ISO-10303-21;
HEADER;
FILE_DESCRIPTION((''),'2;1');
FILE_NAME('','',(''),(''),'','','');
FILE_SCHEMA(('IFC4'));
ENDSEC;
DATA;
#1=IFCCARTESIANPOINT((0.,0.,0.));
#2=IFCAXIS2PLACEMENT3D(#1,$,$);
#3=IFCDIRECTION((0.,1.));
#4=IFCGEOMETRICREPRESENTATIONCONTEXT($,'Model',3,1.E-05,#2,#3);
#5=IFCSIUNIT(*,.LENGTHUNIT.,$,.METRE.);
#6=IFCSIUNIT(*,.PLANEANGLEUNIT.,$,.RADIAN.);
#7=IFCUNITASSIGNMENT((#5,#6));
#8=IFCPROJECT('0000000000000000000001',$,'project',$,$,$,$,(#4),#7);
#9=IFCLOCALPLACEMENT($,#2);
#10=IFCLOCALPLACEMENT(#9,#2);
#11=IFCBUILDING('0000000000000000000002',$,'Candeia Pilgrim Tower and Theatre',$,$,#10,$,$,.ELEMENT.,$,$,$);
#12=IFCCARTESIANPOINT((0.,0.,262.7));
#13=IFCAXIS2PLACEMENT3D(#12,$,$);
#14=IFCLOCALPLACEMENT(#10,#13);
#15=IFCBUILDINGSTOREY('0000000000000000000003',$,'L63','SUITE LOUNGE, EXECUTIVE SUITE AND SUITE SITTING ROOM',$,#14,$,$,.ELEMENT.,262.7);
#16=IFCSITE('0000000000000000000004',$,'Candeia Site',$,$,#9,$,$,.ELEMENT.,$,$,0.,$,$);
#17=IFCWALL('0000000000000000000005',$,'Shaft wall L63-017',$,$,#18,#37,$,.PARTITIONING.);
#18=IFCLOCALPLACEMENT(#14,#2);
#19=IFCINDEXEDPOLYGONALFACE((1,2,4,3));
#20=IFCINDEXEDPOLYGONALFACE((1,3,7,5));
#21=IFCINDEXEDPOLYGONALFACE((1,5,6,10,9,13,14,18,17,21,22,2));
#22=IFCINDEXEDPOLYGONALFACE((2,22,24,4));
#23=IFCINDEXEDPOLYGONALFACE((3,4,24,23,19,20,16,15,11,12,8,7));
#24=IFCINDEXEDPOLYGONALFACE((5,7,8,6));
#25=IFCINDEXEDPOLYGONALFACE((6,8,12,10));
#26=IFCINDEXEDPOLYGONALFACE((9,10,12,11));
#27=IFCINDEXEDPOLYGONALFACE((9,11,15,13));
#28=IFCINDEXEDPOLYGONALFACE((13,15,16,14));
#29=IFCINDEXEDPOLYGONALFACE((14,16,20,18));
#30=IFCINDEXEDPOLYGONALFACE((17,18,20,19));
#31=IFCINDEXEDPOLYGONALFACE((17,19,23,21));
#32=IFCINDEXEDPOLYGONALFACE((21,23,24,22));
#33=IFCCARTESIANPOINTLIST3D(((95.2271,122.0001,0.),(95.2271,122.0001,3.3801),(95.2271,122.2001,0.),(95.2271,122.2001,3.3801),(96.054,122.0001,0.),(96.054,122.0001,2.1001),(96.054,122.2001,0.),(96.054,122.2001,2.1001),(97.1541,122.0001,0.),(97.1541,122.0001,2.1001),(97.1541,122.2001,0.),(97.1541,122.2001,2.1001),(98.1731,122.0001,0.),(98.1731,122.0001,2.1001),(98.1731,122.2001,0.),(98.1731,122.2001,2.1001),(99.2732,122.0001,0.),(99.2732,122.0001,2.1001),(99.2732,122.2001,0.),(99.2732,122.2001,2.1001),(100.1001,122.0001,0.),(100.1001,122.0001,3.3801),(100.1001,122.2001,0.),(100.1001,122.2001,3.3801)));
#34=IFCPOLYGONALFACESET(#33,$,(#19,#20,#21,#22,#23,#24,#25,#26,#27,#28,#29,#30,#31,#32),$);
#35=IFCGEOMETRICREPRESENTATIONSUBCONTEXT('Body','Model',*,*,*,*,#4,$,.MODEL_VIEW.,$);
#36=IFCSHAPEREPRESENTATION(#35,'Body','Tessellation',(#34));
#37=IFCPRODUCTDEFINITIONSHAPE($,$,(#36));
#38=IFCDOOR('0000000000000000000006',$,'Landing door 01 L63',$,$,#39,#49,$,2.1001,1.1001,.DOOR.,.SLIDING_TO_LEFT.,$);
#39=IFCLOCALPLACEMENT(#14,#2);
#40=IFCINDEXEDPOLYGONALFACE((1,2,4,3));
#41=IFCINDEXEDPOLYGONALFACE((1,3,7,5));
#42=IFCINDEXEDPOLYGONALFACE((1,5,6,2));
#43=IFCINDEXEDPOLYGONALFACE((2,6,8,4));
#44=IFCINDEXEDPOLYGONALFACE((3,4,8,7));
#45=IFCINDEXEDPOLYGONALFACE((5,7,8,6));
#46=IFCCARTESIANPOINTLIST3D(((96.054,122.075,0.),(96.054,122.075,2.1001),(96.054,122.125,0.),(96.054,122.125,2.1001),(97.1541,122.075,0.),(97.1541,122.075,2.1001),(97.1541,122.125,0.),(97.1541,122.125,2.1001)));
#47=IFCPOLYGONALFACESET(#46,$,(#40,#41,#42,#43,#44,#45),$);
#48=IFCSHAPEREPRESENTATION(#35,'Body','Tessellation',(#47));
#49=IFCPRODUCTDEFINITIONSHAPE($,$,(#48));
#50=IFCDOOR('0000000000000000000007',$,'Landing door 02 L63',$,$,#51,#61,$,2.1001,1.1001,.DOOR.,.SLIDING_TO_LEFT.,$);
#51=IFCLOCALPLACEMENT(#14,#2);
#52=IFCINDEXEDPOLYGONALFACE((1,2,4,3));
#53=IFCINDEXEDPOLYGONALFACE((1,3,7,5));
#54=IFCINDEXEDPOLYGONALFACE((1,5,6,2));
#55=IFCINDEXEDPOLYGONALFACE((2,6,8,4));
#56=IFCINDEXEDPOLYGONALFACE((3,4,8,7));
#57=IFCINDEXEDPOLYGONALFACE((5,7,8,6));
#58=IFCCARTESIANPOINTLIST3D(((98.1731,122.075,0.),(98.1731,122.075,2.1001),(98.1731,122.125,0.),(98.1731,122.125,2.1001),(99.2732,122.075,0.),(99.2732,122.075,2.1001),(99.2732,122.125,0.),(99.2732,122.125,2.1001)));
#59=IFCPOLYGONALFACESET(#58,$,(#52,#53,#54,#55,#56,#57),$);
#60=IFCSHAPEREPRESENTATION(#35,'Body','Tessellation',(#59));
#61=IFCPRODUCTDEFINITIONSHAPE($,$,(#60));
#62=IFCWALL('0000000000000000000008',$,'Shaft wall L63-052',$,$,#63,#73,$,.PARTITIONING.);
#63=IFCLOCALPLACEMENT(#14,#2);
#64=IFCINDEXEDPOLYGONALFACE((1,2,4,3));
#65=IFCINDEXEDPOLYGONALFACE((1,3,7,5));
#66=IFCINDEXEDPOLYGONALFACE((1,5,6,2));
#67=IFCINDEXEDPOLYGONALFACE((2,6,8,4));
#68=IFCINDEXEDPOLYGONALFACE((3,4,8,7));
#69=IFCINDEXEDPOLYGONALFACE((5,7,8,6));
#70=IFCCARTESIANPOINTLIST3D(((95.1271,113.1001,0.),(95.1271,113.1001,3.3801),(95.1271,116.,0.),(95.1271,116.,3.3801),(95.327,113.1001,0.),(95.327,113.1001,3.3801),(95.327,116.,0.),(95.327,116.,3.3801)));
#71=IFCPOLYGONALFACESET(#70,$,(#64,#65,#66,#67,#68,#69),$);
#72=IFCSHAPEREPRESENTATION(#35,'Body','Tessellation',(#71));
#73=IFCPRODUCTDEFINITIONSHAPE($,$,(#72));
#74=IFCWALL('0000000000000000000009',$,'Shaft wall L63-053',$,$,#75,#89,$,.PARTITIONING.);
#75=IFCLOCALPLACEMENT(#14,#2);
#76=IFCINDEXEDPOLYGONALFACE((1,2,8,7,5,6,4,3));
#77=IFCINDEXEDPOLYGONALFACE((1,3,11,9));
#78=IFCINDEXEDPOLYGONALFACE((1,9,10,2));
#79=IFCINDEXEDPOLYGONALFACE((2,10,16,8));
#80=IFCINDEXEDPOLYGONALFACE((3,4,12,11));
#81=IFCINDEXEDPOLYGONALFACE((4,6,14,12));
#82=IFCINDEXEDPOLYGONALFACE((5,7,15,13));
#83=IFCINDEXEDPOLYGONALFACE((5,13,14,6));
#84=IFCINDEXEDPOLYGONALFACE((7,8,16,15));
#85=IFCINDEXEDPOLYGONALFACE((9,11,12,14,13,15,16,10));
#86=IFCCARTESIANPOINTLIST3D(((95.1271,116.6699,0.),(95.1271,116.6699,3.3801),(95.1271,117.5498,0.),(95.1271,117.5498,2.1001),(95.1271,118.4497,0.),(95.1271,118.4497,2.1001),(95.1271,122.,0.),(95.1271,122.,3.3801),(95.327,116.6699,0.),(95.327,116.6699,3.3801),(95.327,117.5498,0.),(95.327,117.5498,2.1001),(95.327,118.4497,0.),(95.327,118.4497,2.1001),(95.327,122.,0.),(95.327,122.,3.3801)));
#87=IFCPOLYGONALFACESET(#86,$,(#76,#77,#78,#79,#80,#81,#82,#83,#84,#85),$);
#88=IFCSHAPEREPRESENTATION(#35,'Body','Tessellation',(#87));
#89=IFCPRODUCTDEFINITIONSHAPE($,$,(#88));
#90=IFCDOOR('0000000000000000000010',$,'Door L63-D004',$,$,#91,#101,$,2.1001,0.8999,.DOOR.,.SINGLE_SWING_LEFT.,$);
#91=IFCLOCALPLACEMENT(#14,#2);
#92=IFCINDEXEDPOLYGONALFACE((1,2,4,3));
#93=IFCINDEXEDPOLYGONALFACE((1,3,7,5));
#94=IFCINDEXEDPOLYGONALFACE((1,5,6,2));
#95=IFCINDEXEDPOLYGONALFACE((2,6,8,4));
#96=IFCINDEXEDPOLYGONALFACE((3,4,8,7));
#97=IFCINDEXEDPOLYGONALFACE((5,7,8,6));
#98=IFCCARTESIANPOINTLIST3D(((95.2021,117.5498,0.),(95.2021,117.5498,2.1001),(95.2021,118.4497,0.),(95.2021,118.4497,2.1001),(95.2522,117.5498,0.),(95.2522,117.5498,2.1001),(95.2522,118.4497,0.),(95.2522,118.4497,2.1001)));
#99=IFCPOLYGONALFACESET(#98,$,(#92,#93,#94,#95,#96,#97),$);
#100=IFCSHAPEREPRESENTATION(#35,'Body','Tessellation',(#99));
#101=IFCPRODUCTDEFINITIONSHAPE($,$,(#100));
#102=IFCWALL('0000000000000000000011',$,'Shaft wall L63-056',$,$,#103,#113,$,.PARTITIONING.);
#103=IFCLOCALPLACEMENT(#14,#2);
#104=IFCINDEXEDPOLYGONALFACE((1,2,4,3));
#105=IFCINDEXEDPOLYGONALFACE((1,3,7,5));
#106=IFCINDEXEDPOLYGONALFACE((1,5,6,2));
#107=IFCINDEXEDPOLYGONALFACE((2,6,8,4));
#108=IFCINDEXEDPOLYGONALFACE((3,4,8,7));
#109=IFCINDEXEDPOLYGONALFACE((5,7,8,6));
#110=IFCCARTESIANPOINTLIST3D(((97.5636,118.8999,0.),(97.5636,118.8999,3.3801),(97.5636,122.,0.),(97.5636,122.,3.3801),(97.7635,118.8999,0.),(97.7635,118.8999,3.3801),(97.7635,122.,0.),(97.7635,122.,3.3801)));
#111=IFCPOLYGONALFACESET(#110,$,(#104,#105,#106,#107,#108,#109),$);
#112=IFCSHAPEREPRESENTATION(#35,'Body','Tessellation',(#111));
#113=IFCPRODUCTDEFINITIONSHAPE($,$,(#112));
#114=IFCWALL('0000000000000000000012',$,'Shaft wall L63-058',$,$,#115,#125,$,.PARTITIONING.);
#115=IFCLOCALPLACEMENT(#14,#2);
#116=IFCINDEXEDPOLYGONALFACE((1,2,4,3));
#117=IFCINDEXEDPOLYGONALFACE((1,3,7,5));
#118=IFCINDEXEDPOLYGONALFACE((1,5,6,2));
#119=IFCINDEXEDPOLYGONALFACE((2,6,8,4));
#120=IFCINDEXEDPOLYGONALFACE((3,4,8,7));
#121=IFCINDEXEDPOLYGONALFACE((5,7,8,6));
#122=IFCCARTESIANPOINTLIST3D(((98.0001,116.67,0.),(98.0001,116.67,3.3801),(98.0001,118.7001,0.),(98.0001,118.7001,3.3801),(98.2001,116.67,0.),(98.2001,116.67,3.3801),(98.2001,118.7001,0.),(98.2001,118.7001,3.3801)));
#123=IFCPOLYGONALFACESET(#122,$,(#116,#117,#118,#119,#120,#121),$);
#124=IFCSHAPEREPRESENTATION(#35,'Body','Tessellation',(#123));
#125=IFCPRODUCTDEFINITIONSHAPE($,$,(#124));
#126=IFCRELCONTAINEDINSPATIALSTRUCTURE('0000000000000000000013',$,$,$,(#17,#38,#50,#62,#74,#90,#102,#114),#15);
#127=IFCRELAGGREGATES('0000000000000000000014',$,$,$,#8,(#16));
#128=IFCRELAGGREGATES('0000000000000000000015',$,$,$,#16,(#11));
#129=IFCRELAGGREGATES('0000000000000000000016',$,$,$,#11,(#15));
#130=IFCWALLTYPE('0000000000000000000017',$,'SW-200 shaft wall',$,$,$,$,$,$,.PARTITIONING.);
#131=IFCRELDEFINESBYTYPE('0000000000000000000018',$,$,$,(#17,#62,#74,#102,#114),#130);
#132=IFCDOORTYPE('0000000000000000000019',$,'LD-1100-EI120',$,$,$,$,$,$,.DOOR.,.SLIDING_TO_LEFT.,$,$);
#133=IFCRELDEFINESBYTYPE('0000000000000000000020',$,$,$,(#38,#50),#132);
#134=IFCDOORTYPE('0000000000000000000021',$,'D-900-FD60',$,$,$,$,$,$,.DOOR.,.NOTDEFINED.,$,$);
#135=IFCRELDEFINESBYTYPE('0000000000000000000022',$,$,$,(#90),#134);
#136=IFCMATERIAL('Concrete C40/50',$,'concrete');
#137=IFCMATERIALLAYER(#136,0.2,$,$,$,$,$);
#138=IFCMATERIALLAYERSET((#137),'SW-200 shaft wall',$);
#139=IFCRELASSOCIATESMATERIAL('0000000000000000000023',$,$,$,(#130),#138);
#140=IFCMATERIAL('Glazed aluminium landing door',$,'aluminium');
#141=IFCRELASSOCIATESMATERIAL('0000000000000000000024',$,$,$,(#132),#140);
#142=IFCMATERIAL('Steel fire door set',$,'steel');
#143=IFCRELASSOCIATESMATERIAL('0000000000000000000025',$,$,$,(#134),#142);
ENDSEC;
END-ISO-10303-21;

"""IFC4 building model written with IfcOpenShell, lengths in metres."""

from ifc_helpers import new_model, si_unit, direction, frame, frame_2d, origin, place, context, subcontext, project, spatial, rectangle, extrude, material, layer, layer_set, type_object, element, fill, save


model = new_model("IFC4")

# Units and contexts
model_context = context("Model", 3, precision=1e-05, world=origin(), true_north=direction((0.0, 1.0)))
body_context = subcontext(model_context, "Body", "Model", "MODEL_VIEW")
ifc_project = project(units=[si_unit("LENGTHUNIT", "METRE"), si_unit("PLANEANGLEUNIT", "RADIAN")], contexts=[model_context])

# Site, building, storey
site_placement = place(None, origin())
site = spatial("IfcSite", under=ifc_project, at=site_placement, Name="Candeia Site", CompositionType="ELEMENT", RefElevation=0.0)
building_placement = place(site_placement, origin())
building = spatial("IfcBuilding", under=site, at=building_placement, Name="Candeia Pilgrim Tower and Theatre", CompositionType="ELEMENT")
storey_placement = place(building_placement, frame((0.0, 0.0, 262.7)))
storey = spatial("IfcBuildingStorey", under=building, at=storey_placement, Name="L63", Description="SUITE LOUNGE, EXECUTIVE SUITE AND SUITE SITTING ROOM", CompositionType="ELEMENT", Elevation=262.7)

# Shared definitions
ifc_material_1 = material(Name="Concrete C40/50", Category="concrete")

# Shared definitions
ifc_material_2 = material(Name="Steel fire door set", Category="steel")

# Shared definitions
ifc_layer_1 = layer(ifc_material_1, 0.2)
ifc_layer_set_1 = layer_set([ifc_layer_1], Name="SW-200 shaft wall")
wall_type_1 = type_object("IfcWallType", Name="SW-200 shaft wall", PredefinedType="PARTITIONING", material=ifc_layer_set_1)

# Wall, openings, doors
wall_1_placement = place(storey_placement, frame((95.2271, 122.1001, 0.0), z_axis=(0.0, 0.0, 1.0), x_axis=(1.0, 0.0, 0.0)))
wall_1 = element("IfcWall", 1, at=wall_1_placement, inside=storey, type_object=wall_type_1, Name="Shaft wall L63-017", PredefinedType="PARTITIONING", context=body_context, shape_type="SweptSolid", body=[
    extrude(rectangle(XDim=4.873, YDim=0.2, at=frame_2d((2.4365, 0.0))), origin(), (0.0, 0.0, 1.0), 3.3801),
])
opening_1_placement = place(wall_1_placement, frame((0.8269, 0.0, 0.0)))
opening_1 = element("IfcOpeningElement", 2, at=opening_1_placement, cuts=wall_1, PredefinedType="OPENING", context=body_context, shape_type="SweptSolid", body=[
    extrude(rectangle(XDim=1.1001, YDim=2.1001, at=frame_2d((0.55, 1.05))), frame((0.0, 0.1099, 0.0), z_axis=(0.0, -1.0, 0.0), x_axis=(1.0, 0.0, 0.0)), (0.0, 0.0, 1.0), 0.22),
])
opening_2_placement = place(wall_1_placement, frame((2.946, 0.0, 0.0)))
opening_2 = element("IfcOpeningElement", 3, at=opening_2_placement, cuts=wall_1, PredefinedType="OPENING", context=body_context, shape_type="SweptSolid", body=[
    extrude(rectangle(XDim=1.1001, YDim=2.1001, at=frame_2d((0.55, 1.05))), frame((0.0, 0.1099, 0.0), z_axis=(0.0, -1.0, 0.0), x_axis=(1.0, 0.0, 0.0)), (0.0, 0.0, 1.0), 0.22),
])
ifc_material_3 = material(Name="Glazed aluminium landing door", Category="aluminium")
door_type_1 = type_object("IfcDoorType", Name="LD-1100-EI120", OperationType="SLIDING_TO_LEFT", PredefinedType="DOOR", material=ifc_material_3)
door_1_placement = place(opening_1_placement, origin())
door_1 = element("IfcDoor", 4, at=door_1_placement, inside=storey, type_object=door_type_1, Name="Landing door 01 L63", OperationType="SLIDING_TO_LEFT", OverallHeight=2.1001, OverallWidth=1.1001, PredefinedType="DOOR", context=body_context, shape_type="SweptSolid", body=[
    extrude(rectangle(XDim=1.1001, YDim=2.1001, at=frame_2d((0.55, 1.05))), frame((0.0, 0.0249, 0.0), z_axis=(0.0, -1.0, 0.0), x_axis=(1.0, 0.0, 0.0)), (0.0, 0.0, 1.0), 0.05),
])
fill(opening_1, door_1)
door_2_placement = place(opening_2_placement, origin())
door_2 = element("IfcDoor", 5, at=door_2_placement, inside=storey, type_object=door_type_1, Name="Landing door 02 L63", OperationType="SLIDING_TO_LEFT", OverallHeight=2.1001, OverallWidth=1.1001, PredefinedType="DOOR", context=body_context, shape_type="SweptSolid", body=[
    extrude(rectangle(XDim=1.1001, YDim=2.1001, at=frame_2d((0.55, 1.05))), frame((0.0, 0.0249, 0.0), z_axis=(0.0, -1.0, 0.0), x_axis=(1.0, 0.0, 0.0)), (0.0, 0.0, 1.0), 0.05),
])
fill(opening_2, door_2)

# Wall
wall_2_placement = place(storey_placement, frame((95.2271, 113.1001, 0.0), z_axis=(0.0, 0.0, 1.0), x_axis=(0.0, 1.0, 0.0)))
element("IfcWall", 6, at=wall_2_placement, inside=storey, type_object=wall_type_1, Name="Shaft wall L63-052", PredefinedType="PARTITIONING", context=body_context, shape_type="SweptSolid", body=[
    extrude(rectangle(XDim=2.8999, YDim=0.2, at=frame_2d((1.45, 0.0))), origin(), (0.0, 0.0, 1.0), 3.3801),
])

# Wall, opening, door
wall_3_placement = place(storey_placement, frame((95.2271, 116.6699, 0.0), z_axis=(0.0, 0.0, 1.0), x_axis=(0.0, 1.0, 0.0)))
wall_3 = element("IfcWall", 7, at=wall_3_placement, inside=storey, type_object=wall_type_1, Name="Shaft wall L63-053", PredefinedType="PARTITIONING", context=body_context, shape_type="SweptSolid", body=[
    extrude(rectangle(XDim=5.3301, YDim=0.2, at=frame_2d((2.665, 0.0))), origin(), (0.0, 0.0, 1.0), 3.3801),
])
opening_3_placement = place(wall_3_placement, frame((0.8799, 0.0, 0.0)))
opening_3 = element("IfcOpeningElement", 8, at=opening_3_placement, cuts=wall_3, PredefinedType="OPENING", context=body_context, shape_type="SweptSolid", body=[
    extrude(rectangle(XDim=0.8999, YDim=2.1001, at=frame_2d((0.45, 1.05))), frame((0.0, 0.1099, 0.0), z_axis=(0.0, -1.0, 0.0), x_axis=(1.0, 0.0, 0.0)), (0.0, 0.0, 1.0), 0.22),
])
door_type_2 = type_object("IfcDoorType", Name="D-900-FD60", OperationType="NOTDEFINED", PredefinedType="DOOR", material=ifc_material_2)
door_3_placement = place(opening_3_placement, origin())
door_3 = element("IfcDoor", 9, at=door_3_placement, inside=storey, type_object=door_type_2, Name="Door L63-D004", OperationType="SINGLE_SWING_LEFT", OverallHeight=2.1001, OverallWidth=0.8999, PredefinedType="DOOR", context=body_context, shape_type="SweptSolid", body=[
    extrude(rectangle(XDim=0.8999, YDim=2.1001, at=frame_2d((0.45, 1.05))), frame((0.0, 0.0249, 0.0), z_axis=(0.0, -1.0, 0.0), x_axis=(1.0, 0.0, 0.0)), (0.0, 0.0, 1.0), 0.05),
])
fill(opening_3, door_3)

# Walls
wall_4_placement = place(storey_placement, frame((97.6636, 118.8999, 0.0), z_axis=(0.0, 0.0, 1.0), x_axis=(0.0, 1.0, 0.0)))
element("IfcWall", 10, at=wall_4_placement, inside=storey, type_object=wall_type_1, Name="Shaft wall L63-056", PredefinedType="PARTITIONING", context=body_context, shape_type="SweptSolid", body=[
    extrude(rectangle(XDim=3.1001, YDim=0.2, at=frame_2d((1.55, 0.0))), origin(), (0.0, 0.0, 1.0), 3.3801),
])
wall_5_placement = place(storey_placement, frame((98.1001, 116.6699, 0.0), z_axis=(0.0, 0.0, 1.0), x_axis=(0.0, 1.0, 0.0)))
element("IfcWall", 11, at=wall_5_placement, inside=storey, type_object=wall_type_1, Name="Shaft wall L63-058", PredefinedType="PARTITIONING", context=body_context, shape_type="SweptSolid", body=[
    extrude(rectangle(XDim=2.03, YDim=0.2, at=frame_2d((1.0151, 0.0))), origin(), (0.0, 0.0, 1.0), 3.3801),
])

save(model, "model.ifc")
